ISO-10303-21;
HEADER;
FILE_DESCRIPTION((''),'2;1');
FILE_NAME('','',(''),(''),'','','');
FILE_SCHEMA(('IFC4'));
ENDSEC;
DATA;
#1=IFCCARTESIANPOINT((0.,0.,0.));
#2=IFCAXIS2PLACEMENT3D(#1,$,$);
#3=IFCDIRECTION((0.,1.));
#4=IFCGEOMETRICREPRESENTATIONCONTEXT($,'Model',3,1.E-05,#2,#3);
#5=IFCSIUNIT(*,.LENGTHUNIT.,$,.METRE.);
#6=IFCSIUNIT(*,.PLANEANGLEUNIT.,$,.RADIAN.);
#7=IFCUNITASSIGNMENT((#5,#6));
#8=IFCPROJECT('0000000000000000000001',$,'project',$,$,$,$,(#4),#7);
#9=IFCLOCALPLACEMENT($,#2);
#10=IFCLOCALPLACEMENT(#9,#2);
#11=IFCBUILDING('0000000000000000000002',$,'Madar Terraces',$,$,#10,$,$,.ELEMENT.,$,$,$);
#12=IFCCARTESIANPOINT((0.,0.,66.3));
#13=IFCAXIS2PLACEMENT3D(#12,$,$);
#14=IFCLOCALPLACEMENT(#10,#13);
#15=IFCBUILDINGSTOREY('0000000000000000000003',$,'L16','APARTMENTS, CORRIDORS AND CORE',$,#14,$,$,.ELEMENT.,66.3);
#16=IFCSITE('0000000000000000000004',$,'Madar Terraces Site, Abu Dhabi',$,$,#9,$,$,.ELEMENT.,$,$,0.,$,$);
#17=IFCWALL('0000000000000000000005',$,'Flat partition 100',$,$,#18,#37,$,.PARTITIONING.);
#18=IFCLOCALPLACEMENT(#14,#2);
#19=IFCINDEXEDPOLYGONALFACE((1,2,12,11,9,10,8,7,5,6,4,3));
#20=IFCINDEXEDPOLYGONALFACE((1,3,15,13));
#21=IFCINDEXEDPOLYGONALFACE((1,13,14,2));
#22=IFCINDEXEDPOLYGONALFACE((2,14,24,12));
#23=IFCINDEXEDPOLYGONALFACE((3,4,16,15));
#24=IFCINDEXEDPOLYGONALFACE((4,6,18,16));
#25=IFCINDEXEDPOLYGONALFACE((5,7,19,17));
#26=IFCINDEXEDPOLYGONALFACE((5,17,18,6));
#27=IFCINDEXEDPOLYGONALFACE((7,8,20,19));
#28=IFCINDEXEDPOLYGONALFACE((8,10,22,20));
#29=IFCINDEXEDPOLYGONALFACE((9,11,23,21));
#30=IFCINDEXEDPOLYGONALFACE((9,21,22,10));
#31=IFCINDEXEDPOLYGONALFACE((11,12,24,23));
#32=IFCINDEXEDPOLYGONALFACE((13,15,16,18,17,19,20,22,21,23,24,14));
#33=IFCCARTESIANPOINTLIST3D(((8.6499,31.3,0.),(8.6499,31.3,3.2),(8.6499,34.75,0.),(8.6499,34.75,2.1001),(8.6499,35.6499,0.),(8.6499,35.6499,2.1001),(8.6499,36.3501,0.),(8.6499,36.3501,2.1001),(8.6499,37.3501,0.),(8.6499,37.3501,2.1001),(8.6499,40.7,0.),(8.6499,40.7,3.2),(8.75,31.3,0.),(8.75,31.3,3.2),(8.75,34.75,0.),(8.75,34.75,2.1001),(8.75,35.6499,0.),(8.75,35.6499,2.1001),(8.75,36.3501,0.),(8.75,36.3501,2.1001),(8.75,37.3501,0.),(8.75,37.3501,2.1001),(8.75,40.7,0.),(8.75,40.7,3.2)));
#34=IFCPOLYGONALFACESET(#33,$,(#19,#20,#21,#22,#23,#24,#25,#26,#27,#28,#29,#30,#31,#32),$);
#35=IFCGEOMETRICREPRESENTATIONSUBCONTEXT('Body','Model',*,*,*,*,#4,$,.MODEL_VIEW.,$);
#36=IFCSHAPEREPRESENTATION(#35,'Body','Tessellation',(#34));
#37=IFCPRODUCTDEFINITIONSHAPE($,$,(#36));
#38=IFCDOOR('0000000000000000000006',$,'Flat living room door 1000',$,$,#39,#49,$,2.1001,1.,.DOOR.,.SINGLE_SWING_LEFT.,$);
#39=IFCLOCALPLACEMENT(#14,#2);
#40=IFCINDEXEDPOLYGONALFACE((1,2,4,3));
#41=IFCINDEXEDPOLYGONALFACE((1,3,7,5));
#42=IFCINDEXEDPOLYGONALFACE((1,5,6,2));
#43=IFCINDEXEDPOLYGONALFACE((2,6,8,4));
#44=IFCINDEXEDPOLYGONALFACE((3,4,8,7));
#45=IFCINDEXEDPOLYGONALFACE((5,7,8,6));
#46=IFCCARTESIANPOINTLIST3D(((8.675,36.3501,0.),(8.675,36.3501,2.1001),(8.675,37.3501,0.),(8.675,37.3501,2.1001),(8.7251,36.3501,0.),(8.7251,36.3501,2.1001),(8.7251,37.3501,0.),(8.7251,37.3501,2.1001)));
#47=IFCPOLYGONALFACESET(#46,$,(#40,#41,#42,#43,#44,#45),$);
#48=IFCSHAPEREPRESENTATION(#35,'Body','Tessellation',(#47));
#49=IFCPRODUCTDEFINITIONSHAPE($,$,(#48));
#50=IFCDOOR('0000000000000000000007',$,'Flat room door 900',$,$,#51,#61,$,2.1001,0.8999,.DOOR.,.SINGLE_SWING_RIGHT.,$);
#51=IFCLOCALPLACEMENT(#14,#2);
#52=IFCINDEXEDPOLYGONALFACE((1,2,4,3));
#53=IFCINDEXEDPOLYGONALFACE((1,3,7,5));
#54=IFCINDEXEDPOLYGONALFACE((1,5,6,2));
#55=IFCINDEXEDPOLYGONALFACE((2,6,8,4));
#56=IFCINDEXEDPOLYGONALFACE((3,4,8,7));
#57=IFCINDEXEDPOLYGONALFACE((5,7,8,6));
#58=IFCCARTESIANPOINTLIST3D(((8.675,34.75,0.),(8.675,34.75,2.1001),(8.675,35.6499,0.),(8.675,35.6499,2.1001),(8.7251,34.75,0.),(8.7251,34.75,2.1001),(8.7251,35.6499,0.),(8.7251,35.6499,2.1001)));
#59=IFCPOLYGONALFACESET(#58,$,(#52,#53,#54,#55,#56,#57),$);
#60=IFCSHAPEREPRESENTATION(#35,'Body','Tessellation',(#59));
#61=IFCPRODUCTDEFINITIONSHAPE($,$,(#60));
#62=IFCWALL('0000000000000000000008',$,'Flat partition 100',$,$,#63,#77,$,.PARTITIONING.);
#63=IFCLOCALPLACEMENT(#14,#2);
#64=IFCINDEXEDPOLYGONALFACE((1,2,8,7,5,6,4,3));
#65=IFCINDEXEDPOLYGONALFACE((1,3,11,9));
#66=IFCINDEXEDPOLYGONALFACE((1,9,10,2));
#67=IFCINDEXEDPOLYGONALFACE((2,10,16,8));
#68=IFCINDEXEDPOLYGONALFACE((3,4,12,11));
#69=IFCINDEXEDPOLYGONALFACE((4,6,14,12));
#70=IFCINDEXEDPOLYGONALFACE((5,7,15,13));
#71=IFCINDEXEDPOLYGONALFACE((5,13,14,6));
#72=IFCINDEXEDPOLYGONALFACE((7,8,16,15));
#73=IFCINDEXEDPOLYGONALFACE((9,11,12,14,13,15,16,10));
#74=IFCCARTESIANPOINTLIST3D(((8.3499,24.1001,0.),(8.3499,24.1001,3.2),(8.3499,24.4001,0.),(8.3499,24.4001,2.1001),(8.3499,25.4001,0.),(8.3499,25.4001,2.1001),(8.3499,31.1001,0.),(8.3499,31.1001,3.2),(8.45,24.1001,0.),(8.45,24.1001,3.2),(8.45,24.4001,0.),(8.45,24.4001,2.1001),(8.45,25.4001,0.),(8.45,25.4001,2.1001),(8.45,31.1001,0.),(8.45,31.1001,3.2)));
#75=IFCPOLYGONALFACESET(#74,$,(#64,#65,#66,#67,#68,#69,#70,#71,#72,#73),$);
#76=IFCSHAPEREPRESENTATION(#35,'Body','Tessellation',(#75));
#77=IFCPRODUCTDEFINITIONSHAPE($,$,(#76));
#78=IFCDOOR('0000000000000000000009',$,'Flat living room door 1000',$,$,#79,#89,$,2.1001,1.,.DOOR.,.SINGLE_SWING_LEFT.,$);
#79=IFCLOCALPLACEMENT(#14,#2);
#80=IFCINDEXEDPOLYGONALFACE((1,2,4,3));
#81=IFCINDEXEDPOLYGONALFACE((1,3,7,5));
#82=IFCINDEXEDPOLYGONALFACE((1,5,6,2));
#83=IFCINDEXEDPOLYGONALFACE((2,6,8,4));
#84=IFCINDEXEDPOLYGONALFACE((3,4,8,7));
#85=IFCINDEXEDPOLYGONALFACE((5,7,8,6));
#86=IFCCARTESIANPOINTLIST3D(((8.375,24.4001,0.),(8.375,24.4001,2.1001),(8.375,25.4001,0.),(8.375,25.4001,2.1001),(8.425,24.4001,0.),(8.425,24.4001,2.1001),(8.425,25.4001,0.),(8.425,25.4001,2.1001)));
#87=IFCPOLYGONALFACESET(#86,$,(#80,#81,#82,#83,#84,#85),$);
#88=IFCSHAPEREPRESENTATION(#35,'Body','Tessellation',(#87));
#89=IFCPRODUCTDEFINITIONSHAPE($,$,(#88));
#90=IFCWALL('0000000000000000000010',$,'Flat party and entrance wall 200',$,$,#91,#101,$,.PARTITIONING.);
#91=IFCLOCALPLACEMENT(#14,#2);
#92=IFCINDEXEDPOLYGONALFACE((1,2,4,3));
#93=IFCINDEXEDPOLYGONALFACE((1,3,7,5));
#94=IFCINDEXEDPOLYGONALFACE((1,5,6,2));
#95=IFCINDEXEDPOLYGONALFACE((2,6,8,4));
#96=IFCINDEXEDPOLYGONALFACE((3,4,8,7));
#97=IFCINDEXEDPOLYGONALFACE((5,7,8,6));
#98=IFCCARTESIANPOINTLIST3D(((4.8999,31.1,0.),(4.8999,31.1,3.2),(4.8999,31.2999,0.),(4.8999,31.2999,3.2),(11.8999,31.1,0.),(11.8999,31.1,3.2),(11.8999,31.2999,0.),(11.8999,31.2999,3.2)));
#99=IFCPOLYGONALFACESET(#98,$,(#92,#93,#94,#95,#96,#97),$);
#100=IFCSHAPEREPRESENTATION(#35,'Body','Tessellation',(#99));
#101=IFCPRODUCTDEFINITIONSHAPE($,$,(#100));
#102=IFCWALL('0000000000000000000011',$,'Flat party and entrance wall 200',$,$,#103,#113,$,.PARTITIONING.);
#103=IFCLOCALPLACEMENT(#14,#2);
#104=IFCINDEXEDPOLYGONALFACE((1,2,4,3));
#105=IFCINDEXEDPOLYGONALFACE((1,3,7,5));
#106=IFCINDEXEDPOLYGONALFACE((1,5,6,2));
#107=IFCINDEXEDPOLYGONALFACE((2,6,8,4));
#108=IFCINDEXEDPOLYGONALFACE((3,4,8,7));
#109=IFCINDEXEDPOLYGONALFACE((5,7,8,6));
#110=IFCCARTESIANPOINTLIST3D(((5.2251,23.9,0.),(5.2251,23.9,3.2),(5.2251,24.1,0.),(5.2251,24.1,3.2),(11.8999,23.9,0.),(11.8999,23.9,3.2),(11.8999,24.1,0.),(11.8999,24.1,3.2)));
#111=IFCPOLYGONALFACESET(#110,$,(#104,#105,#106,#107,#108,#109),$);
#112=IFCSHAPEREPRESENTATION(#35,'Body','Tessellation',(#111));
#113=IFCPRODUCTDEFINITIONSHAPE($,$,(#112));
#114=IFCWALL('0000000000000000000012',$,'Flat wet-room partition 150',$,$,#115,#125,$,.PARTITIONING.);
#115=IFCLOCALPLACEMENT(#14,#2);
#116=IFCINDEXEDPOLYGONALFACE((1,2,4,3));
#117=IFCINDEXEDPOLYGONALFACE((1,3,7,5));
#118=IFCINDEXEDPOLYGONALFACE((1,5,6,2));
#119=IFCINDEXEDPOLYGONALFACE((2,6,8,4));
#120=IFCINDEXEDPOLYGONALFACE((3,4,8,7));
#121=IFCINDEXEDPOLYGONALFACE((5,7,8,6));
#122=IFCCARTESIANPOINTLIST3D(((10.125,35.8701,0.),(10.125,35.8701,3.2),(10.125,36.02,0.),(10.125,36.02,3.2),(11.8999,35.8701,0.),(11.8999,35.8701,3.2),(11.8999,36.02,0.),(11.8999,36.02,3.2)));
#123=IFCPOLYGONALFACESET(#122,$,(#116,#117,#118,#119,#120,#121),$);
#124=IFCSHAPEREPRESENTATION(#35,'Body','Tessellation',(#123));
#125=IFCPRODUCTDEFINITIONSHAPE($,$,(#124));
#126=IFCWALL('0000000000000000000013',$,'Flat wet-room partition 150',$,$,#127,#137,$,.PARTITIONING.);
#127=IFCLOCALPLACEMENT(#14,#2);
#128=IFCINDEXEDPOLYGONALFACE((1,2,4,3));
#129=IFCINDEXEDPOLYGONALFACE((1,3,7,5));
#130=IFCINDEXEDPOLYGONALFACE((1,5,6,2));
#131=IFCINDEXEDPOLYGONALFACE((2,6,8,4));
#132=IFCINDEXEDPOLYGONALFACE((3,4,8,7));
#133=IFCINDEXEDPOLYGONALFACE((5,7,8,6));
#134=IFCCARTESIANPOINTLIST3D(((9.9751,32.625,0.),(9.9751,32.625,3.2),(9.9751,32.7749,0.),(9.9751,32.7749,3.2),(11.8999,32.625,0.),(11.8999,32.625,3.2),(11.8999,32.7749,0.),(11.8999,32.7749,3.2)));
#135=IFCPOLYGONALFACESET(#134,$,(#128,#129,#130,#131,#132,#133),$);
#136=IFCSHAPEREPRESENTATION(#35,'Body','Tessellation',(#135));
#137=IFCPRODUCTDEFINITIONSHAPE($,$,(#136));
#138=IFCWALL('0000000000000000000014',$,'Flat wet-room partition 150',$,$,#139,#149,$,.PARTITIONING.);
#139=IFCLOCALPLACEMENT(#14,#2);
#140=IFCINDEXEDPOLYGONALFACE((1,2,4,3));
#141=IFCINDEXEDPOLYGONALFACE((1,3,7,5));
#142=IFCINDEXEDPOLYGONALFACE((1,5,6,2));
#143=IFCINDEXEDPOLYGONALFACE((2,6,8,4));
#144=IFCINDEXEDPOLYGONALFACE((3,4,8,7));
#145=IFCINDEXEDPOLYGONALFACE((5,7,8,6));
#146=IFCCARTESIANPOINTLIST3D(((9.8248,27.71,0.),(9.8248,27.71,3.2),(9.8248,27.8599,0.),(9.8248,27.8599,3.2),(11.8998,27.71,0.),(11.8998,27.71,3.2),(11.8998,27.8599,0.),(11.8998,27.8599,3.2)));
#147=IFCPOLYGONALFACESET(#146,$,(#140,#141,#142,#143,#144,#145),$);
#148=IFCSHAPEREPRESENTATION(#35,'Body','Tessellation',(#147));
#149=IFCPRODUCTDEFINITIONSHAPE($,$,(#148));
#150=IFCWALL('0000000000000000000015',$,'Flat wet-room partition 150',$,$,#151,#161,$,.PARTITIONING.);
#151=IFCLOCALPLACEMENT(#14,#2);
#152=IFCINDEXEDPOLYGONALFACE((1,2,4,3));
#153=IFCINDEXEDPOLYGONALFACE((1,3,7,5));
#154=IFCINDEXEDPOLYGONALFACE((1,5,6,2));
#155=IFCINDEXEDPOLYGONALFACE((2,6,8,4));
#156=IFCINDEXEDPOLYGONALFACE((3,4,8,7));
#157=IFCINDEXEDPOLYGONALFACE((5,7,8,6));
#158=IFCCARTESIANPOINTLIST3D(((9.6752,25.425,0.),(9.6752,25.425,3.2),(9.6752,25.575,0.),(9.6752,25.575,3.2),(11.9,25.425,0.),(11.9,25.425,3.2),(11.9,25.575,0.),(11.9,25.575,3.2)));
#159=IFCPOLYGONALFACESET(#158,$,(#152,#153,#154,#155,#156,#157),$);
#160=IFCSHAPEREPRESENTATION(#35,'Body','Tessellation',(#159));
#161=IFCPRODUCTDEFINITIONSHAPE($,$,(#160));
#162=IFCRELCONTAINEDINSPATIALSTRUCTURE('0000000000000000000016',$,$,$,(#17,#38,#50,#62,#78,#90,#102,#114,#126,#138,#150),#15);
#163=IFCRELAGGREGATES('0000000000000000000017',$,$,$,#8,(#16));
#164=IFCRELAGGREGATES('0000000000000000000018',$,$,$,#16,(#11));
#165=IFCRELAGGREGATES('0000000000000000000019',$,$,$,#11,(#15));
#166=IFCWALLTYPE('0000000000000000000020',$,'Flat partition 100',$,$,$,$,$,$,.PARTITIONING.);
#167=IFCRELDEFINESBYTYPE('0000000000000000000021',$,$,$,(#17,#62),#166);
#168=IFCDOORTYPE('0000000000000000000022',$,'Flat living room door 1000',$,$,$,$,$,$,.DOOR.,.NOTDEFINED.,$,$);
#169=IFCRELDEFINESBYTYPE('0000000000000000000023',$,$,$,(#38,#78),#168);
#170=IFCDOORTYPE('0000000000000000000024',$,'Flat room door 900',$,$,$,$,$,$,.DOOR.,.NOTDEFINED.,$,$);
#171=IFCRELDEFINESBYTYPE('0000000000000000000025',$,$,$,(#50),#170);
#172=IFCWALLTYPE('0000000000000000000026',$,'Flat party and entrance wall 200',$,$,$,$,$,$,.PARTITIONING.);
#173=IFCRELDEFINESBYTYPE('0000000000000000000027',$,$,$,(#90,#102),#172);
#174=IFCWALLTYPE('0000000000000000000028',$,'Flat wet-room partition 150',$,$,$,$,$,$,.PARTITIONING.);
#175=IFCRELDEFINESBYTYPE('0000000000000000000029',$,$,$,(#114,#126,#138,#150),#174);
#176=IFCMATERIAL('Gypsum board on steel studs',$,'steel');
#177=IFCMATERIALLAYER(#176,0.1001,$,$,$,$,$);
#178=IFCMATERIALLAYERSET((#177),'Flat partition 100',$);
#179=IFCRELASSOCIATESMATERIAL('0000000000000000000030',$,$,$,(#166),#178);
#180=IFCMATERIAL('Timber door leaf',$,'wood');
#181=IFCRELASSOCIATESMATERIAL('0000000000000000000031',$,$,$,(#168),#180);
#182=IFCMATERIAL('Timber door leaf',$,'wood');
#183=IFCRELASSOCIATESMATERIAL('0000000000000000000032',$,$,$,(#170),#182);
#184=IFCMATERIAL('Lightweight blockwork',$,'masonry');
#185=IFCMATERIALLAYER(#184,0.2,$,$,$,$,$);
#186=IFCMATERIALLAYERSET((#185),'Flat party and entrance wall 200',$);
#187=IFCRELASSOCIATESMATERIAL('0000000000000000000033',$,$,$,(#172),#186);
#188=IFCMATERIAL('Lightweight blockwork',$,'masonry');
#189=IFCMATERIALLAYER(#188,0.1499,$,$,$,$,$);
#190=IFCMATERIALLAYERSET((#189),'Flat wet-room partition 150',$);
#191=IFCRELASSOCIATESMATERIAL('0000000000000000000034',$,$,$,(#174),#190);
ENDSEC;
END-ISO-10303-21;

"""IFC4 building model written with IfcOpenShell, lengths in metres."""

from ifc_helpers import new_model, si_unit, direction, frame, frame_2d, origin, place, context, subcontext, project, spatial, rectangle, extrude, material, layer, layer_set, type_object, element, fill, save


model = new_model("IFC4")

# Units and contexts
model_context = context("Model", 3, precision=1e-05, world=origin(), true_north=direction((0.0, 1.0)))
body_context = subcontext(model_context, "Body", "Model", "MODEL_VIEW")
ifc_project = project(units=[si_unit("LENGTHUNIT", "METRE"), si_unit("PLANEANGLEUNIT", "RADIAN")], contexts=[model_context])

# Site, building, storey
site_placement = place(None, origin())
site = spatial("IfcSite", under=ifc_project, at=site_placement, Name="Madar Terraces Site, Abu Dhabi", CompositionType="ELEMENT", RefElevation=0.0)
building_placement = place(site_placement, origin())
building = spatial("IfcBuilding", under=site, at=building_placement, Name="Madar Terraces", CompositionType="ELEMENT")
storey_placement = place(building_placement, frame((0.0, 0.0, 66.3)))
storey = spatial("IfcBuildingStorey", under=building, at=storey_placement, Name="L16", Description="APARTMENTS, CORRIDORS AND CORE", CompositionType="ELEMENT", Elevation=66.3)

# Shared definitions
ifc_material_1 = material(Name="Gypsum board on steel studs", Category="steel")
ifc_layer_1 = layer(ifc_material_1, 0.1001)
ifc_layer_set_1 = layer_set([ifc_layer_1], Name="Flat partition 100")
wall_type_1 = type_object("IfcWallType", Name="Flat partition 100", PredefinedType="PARTITIONING", material=ifc_layer_set_1)

# Wall, openings, doors
wall_1_placement = place(storey_placement, frame((8.7, 31.3, 0.0), z_axis=(0.0, 0.0, 1.0), x_axis=(0.0, 1.0, 0.0)))
wall_1 = element("IfcWall", 1, at=wall_1_placement, inside=storey, type_object=wall_type_1, Name="Flat partition 100", PredefinedType="PARTITIONING", context=body_context, shape_type="SweptSolid", body=[
    extrude(rectangle(XDim=9.3999, YDim=0.1001, at=frame_2d((4.7, 0.0))), origin(), (0.0, 0.0, 1.0), 3.2),
])
opening_1_placement = place(wall_1_placement, frame((3.45, 0.0, 0.0)))
opening_1 = element("IfcOpeningElement", 2, at=opening_1_placement, cuts=wall_1, PredefinedType="OPENING", context=body_context, shape_type="SweptSolid", body=[
    extrude(rectangle(XDim=0.8999, YDim=2.1001, at=frame_2d((0.45, 1.05))), frame((0.0, 0.0601, 0.0), z_axis=(0.0, -1.0, 0.0), x_axis=(1.0, 0.0, 0.0)), (0.0, 0.0, 1.0), 0.1201),
])
opening_2_placement = place(wall_1_placement, frame((5.05, 0.0, 0.0)))
opening_2 = element("IfcOpeningElement", 3, at=opening_2_placement, cuts=wall_1, PredefinedType="OPENING", context=body_context, shape_type="SweptSolid", body=[
    extrude(rectangle(XDim=1.0, YDim=2.1001, at=frame_2d((0.5, 1.05))), frame((0.0, 0.0601, 0.0), z_axis=(0.0, -1.0, 0.0), x_axis=(1.0, 0.0, 0.0)), (0.0, 0.0, 1.0), 0.1201),
])
ifc_material_2 = material(Name="Timber door leaf", Category="wood")
door_type_1 = type_object("IfcDoorType", Name="Flat living room door 1000", OperationType="NOTDEFINED", PredefinedType="DOOR", material=ifc_material_2)
door_1_placement = place(opening_2_placement, origin())
door_1 = element("IfcDoor", 4, at=door_1_placement, inside=storey, type_object=door_type_1, Name="Flat living room door 1000", OperationType="SINGLE_SWING_LEFT", OverallHeight=2.1001, OverallWidth=1.0, PredefinedType="DOOR", context=body_context, shape_type="SweptSolid", body=[
    extrude(rectangle(XDim=1.0, YDim=2.1001, at=frame_2d((0.5, 1.05))), frame((0.0, 0.0249, 0.0), z_axis=(0.0, -1.0, 0.0), x_axis=(1.0, 0.0, 0.0)), (0.0, 0.0, 1.0), 0.05),
])
fill(opening_2, door_1)
ifc_material_3 = material(Name="Timber door leaf", Category="wood")
door_type_2 = type_object("IfcDoorType", Name="Flat room door 900", OperationType="NOTDEFINED", PredefinedType="DOOR", material=ifc_material_3)
door_2_placement = place(opening_1_placement, origin())
door_2 = element("IfcDoor", 5, at=door_2_placement, inside=storey, type_object=door_type_2, Name="Flat room door 900", OperationType="SINGLE_SWING_RIGHT", OverallHeight=2.1001, OverallWidth=0.8999, PredefinedType="DOOR", context=body_context, shape_type="SweptSolid", body=[
    extrude(rectangle(XDim=0.8999, YDim=2.1001, at=frame_2d((0.45, 1.05))), frame((0.0, 0.0249, 0.0), z_axis=(0.0, -1.0, 0.0), x_axis=(1.0, 0.0, 0.0)), (0.0, 0.0, 1.0), 0.05),
])
fill(opening_1, door_2)

# Wall, opening, door
wall_2_placement = place(storey_placement, frame((8.3999, 24.1001, 0.0), z_axis=(0.0, 0.0, 1.0), x_axis=(0.0, 1.0, 0.0)))
wall_2 = element("IfcWall", 6, at=wall_2_placement, inside=storey, type_object=wall_type_1, Name="Flat partition 100", PredefinedType="PARTITIONING", context=body_context, shape_type="SweptSolid", body=[
    extrude(rectangle(XDim=7.0, YDim=0.1001, at=frame_2d((3.5, 0.0))), origin(), (0.0, 0.0, 1.0), 3.2),
])
opening_3_placement = place(wall_2_placement, frame((0.3, 0.0, 0.0)))
opening_3 = element("IfcOpeningElement", 7, at=opening_3_placement, cuts=wall_2, PredefinedType="OPENING", context=body_context, shape_type="SweptSolid", body=[
    extrude(rectangle(XDim=1.0, YDim=2.1001, at=frame_2d((0.5, 1.05))), frame((0.0, 0.0601, 0.0), z_axis=(0.0, -1.0, 0.0), x_axis=(1.0, 0.0, 0.0)), (0.0, 0.0, 1.0), 0.1201),
])
door_3_placement = place(opening_3_placement, origin())
door_3 = element("IfcDoor", 8, at=door_3_placement, inside=storey, type_object=door_type_1, Name="Flat living room door 1000", OperationType="SINGLE_SWING_LEFT", OverallHeight=2.1001, OverallWidth=1.0, PredefinedType="DOOR", context=body_context, shape_type="SweptSolid", body=[
    extrude(rectangle(XDim=1.0, YDim=2.1001, at=frame_2d((0.5, 1.05))), frame((0.0, 0.0249, 0.0), z_axis=(0.0, -1.0, 0.0), x_axis=(1.0, 0.0, 0.0)), (0.0, 0.0, 1.0), 0.05),
])
fill(opening_3, door_3)

# Walls
ifc_material_4 = material(Name="Lightweight blockwork", Category="masonry")
ifc_layer_2 = layer(ifc_material_4, 0.2)
ifc_layer_set_2 = layer_set([ifc_layer_2], Name="Flat party and entrance wall 200")
wall_type_2 = type_object("IfcWallType", Name="Flat party and entrance wall 200", PredefinedType="PARTITIONING", material=ifc_layer_set_2)
wall_3_placement = place(storey_placement, frame((4.8999, 31.2, 0.0), z_axis=(0.0, 0.0, 1.0), x_axis=(1.0, 0.0, 0.0)))
element("IfcWall", 9, at=wall_3_placement, inside=storey, type_object=wall_type_2, Name="Flat party and entrance wall 200", PredefinedType="PARTITIONING", context=body_context, shape_type="SweptSolid", body=[
    extrude(rectangle(XDim=7.0, YDim=0.2, at=frame_2d((3.5, 0.0))), origin(), (0.0, 0.0, 1.0), 3.2),
])
wall_4_placement = place(storey_placement, frame((5.2251, 24.0, 0.0), z_axis=(0.0, 0.0, 1.0), x_axis=(1.0, 0.0, 0.0)))
element("IfcWall", 10, at=wall_4_placement, inside=storey, type_object=wall_type_2, Name="Flat party and entrance wall 200", PredefinedType="PARTITIONING", context=body_context, shape_type="SweptSolid", body=[
    extrude(rectangle(XDim=6.6748, YDim=0.2, at=frame_2d((3.3374, 0.0))), origin(), (0.0, 0.0, 1.0), 3.2),
])
ifc_material_5 = material(Name="Lightweight blockwork", Category="masonry")
ifc_layer_3 = layer(ifc_material_5, 0.1499)
ifc_layer_set_3 = layer_set([ifc_layer_3], Name="Flat wet-room partition 150")
wall_type_3 = type_object("IfcWallType", Name="Flat wet-room partition 150", PredefinedType="PARTITIONING", material=ifc_layer_set_3)
wall_5_placement = place(storey_placement, frame((11.8999, 35.9451, 0.0), z_axis=(0.0, 0.0, 1.0), x_axis=(-1.0, 0.0, 0.0)))
element("IfcWall", 11, at=wall_5_placement, inside=storey, type_object=wall_type_3, Name="Flat wet-room partition 150", PredefinedType="PARTITIONING", context=body_context, shape_type="SweptSolid", body=[
    extrude(rectangle(XDim=1.7749, YDim=0.1499, at=frame_2d((0.8875, 0.0))), origin(), (0.0, 0.0, 1.0), 3.2),
])
wall_6_placement = place(storey_placement, frame((11.8999, 32.7, 0.0), z_axis=(0.0, 0.0, 1.0), x_axis=(-1.0, 0.0, 0.0)))
element("IfcWall", 12, at=wall_6_placement, inside=storey, type_object=wall_type_3, Name="Flat wet-room partition 150", PredefinedType="PARTITIONING", context=body_context, shape_type="SweptSolid", body=[
    extrude(rectangle(XDim=1.9248, YDim=0.1499, at=frame_2d((0.9624, 0.0))), origin(), (0.0, 0.0, 1.0), 3.2),
])
wall_7_placement = place(storey_placement, frame((11.8999, 27.7849, 0.0), z_axis=(0.0, 0.0, 1.0), x_axis=(-1.0, 0.0, 0.0)))
element("IfcWall", 13, at=wall_7_placement, inside=storey, type_object=wall_type_3, Name="Flat wet-room partition 150", PredefinedType="PARTITIONING", context=body_context, shape_type="SweptSolid", body=[
    extrude(rectangle(XDim=2.075, YDim=0.1499, at=frame_2d((1.0376, 0.0))), origin(), (0.0, 0.0, 1.0), 3.2),
])
wall_8_placement = place(storey_placement, frame((11.8999, 25.5, 0.0), z_axis=(0.0, 0.0, 1.0), x_axis=(-1.0, 0.0, 0.0)))
element("IfcWall", 14, at=wall_8_placement, inside=storey, type_object=wall_type_3, Name="Flat wet-room partition 150", PredefinedType="PARTITIONING", context=body_context, shape_type="SweptSolid", body=[
    extrude(rectangle(XDim=2.2249, YDim=0.1499, at=frame_2d((1.1123, 0.0))), origin(), (0.0, 0.0, 1.0), 3.2),
])

save(model, "model.ifc")
